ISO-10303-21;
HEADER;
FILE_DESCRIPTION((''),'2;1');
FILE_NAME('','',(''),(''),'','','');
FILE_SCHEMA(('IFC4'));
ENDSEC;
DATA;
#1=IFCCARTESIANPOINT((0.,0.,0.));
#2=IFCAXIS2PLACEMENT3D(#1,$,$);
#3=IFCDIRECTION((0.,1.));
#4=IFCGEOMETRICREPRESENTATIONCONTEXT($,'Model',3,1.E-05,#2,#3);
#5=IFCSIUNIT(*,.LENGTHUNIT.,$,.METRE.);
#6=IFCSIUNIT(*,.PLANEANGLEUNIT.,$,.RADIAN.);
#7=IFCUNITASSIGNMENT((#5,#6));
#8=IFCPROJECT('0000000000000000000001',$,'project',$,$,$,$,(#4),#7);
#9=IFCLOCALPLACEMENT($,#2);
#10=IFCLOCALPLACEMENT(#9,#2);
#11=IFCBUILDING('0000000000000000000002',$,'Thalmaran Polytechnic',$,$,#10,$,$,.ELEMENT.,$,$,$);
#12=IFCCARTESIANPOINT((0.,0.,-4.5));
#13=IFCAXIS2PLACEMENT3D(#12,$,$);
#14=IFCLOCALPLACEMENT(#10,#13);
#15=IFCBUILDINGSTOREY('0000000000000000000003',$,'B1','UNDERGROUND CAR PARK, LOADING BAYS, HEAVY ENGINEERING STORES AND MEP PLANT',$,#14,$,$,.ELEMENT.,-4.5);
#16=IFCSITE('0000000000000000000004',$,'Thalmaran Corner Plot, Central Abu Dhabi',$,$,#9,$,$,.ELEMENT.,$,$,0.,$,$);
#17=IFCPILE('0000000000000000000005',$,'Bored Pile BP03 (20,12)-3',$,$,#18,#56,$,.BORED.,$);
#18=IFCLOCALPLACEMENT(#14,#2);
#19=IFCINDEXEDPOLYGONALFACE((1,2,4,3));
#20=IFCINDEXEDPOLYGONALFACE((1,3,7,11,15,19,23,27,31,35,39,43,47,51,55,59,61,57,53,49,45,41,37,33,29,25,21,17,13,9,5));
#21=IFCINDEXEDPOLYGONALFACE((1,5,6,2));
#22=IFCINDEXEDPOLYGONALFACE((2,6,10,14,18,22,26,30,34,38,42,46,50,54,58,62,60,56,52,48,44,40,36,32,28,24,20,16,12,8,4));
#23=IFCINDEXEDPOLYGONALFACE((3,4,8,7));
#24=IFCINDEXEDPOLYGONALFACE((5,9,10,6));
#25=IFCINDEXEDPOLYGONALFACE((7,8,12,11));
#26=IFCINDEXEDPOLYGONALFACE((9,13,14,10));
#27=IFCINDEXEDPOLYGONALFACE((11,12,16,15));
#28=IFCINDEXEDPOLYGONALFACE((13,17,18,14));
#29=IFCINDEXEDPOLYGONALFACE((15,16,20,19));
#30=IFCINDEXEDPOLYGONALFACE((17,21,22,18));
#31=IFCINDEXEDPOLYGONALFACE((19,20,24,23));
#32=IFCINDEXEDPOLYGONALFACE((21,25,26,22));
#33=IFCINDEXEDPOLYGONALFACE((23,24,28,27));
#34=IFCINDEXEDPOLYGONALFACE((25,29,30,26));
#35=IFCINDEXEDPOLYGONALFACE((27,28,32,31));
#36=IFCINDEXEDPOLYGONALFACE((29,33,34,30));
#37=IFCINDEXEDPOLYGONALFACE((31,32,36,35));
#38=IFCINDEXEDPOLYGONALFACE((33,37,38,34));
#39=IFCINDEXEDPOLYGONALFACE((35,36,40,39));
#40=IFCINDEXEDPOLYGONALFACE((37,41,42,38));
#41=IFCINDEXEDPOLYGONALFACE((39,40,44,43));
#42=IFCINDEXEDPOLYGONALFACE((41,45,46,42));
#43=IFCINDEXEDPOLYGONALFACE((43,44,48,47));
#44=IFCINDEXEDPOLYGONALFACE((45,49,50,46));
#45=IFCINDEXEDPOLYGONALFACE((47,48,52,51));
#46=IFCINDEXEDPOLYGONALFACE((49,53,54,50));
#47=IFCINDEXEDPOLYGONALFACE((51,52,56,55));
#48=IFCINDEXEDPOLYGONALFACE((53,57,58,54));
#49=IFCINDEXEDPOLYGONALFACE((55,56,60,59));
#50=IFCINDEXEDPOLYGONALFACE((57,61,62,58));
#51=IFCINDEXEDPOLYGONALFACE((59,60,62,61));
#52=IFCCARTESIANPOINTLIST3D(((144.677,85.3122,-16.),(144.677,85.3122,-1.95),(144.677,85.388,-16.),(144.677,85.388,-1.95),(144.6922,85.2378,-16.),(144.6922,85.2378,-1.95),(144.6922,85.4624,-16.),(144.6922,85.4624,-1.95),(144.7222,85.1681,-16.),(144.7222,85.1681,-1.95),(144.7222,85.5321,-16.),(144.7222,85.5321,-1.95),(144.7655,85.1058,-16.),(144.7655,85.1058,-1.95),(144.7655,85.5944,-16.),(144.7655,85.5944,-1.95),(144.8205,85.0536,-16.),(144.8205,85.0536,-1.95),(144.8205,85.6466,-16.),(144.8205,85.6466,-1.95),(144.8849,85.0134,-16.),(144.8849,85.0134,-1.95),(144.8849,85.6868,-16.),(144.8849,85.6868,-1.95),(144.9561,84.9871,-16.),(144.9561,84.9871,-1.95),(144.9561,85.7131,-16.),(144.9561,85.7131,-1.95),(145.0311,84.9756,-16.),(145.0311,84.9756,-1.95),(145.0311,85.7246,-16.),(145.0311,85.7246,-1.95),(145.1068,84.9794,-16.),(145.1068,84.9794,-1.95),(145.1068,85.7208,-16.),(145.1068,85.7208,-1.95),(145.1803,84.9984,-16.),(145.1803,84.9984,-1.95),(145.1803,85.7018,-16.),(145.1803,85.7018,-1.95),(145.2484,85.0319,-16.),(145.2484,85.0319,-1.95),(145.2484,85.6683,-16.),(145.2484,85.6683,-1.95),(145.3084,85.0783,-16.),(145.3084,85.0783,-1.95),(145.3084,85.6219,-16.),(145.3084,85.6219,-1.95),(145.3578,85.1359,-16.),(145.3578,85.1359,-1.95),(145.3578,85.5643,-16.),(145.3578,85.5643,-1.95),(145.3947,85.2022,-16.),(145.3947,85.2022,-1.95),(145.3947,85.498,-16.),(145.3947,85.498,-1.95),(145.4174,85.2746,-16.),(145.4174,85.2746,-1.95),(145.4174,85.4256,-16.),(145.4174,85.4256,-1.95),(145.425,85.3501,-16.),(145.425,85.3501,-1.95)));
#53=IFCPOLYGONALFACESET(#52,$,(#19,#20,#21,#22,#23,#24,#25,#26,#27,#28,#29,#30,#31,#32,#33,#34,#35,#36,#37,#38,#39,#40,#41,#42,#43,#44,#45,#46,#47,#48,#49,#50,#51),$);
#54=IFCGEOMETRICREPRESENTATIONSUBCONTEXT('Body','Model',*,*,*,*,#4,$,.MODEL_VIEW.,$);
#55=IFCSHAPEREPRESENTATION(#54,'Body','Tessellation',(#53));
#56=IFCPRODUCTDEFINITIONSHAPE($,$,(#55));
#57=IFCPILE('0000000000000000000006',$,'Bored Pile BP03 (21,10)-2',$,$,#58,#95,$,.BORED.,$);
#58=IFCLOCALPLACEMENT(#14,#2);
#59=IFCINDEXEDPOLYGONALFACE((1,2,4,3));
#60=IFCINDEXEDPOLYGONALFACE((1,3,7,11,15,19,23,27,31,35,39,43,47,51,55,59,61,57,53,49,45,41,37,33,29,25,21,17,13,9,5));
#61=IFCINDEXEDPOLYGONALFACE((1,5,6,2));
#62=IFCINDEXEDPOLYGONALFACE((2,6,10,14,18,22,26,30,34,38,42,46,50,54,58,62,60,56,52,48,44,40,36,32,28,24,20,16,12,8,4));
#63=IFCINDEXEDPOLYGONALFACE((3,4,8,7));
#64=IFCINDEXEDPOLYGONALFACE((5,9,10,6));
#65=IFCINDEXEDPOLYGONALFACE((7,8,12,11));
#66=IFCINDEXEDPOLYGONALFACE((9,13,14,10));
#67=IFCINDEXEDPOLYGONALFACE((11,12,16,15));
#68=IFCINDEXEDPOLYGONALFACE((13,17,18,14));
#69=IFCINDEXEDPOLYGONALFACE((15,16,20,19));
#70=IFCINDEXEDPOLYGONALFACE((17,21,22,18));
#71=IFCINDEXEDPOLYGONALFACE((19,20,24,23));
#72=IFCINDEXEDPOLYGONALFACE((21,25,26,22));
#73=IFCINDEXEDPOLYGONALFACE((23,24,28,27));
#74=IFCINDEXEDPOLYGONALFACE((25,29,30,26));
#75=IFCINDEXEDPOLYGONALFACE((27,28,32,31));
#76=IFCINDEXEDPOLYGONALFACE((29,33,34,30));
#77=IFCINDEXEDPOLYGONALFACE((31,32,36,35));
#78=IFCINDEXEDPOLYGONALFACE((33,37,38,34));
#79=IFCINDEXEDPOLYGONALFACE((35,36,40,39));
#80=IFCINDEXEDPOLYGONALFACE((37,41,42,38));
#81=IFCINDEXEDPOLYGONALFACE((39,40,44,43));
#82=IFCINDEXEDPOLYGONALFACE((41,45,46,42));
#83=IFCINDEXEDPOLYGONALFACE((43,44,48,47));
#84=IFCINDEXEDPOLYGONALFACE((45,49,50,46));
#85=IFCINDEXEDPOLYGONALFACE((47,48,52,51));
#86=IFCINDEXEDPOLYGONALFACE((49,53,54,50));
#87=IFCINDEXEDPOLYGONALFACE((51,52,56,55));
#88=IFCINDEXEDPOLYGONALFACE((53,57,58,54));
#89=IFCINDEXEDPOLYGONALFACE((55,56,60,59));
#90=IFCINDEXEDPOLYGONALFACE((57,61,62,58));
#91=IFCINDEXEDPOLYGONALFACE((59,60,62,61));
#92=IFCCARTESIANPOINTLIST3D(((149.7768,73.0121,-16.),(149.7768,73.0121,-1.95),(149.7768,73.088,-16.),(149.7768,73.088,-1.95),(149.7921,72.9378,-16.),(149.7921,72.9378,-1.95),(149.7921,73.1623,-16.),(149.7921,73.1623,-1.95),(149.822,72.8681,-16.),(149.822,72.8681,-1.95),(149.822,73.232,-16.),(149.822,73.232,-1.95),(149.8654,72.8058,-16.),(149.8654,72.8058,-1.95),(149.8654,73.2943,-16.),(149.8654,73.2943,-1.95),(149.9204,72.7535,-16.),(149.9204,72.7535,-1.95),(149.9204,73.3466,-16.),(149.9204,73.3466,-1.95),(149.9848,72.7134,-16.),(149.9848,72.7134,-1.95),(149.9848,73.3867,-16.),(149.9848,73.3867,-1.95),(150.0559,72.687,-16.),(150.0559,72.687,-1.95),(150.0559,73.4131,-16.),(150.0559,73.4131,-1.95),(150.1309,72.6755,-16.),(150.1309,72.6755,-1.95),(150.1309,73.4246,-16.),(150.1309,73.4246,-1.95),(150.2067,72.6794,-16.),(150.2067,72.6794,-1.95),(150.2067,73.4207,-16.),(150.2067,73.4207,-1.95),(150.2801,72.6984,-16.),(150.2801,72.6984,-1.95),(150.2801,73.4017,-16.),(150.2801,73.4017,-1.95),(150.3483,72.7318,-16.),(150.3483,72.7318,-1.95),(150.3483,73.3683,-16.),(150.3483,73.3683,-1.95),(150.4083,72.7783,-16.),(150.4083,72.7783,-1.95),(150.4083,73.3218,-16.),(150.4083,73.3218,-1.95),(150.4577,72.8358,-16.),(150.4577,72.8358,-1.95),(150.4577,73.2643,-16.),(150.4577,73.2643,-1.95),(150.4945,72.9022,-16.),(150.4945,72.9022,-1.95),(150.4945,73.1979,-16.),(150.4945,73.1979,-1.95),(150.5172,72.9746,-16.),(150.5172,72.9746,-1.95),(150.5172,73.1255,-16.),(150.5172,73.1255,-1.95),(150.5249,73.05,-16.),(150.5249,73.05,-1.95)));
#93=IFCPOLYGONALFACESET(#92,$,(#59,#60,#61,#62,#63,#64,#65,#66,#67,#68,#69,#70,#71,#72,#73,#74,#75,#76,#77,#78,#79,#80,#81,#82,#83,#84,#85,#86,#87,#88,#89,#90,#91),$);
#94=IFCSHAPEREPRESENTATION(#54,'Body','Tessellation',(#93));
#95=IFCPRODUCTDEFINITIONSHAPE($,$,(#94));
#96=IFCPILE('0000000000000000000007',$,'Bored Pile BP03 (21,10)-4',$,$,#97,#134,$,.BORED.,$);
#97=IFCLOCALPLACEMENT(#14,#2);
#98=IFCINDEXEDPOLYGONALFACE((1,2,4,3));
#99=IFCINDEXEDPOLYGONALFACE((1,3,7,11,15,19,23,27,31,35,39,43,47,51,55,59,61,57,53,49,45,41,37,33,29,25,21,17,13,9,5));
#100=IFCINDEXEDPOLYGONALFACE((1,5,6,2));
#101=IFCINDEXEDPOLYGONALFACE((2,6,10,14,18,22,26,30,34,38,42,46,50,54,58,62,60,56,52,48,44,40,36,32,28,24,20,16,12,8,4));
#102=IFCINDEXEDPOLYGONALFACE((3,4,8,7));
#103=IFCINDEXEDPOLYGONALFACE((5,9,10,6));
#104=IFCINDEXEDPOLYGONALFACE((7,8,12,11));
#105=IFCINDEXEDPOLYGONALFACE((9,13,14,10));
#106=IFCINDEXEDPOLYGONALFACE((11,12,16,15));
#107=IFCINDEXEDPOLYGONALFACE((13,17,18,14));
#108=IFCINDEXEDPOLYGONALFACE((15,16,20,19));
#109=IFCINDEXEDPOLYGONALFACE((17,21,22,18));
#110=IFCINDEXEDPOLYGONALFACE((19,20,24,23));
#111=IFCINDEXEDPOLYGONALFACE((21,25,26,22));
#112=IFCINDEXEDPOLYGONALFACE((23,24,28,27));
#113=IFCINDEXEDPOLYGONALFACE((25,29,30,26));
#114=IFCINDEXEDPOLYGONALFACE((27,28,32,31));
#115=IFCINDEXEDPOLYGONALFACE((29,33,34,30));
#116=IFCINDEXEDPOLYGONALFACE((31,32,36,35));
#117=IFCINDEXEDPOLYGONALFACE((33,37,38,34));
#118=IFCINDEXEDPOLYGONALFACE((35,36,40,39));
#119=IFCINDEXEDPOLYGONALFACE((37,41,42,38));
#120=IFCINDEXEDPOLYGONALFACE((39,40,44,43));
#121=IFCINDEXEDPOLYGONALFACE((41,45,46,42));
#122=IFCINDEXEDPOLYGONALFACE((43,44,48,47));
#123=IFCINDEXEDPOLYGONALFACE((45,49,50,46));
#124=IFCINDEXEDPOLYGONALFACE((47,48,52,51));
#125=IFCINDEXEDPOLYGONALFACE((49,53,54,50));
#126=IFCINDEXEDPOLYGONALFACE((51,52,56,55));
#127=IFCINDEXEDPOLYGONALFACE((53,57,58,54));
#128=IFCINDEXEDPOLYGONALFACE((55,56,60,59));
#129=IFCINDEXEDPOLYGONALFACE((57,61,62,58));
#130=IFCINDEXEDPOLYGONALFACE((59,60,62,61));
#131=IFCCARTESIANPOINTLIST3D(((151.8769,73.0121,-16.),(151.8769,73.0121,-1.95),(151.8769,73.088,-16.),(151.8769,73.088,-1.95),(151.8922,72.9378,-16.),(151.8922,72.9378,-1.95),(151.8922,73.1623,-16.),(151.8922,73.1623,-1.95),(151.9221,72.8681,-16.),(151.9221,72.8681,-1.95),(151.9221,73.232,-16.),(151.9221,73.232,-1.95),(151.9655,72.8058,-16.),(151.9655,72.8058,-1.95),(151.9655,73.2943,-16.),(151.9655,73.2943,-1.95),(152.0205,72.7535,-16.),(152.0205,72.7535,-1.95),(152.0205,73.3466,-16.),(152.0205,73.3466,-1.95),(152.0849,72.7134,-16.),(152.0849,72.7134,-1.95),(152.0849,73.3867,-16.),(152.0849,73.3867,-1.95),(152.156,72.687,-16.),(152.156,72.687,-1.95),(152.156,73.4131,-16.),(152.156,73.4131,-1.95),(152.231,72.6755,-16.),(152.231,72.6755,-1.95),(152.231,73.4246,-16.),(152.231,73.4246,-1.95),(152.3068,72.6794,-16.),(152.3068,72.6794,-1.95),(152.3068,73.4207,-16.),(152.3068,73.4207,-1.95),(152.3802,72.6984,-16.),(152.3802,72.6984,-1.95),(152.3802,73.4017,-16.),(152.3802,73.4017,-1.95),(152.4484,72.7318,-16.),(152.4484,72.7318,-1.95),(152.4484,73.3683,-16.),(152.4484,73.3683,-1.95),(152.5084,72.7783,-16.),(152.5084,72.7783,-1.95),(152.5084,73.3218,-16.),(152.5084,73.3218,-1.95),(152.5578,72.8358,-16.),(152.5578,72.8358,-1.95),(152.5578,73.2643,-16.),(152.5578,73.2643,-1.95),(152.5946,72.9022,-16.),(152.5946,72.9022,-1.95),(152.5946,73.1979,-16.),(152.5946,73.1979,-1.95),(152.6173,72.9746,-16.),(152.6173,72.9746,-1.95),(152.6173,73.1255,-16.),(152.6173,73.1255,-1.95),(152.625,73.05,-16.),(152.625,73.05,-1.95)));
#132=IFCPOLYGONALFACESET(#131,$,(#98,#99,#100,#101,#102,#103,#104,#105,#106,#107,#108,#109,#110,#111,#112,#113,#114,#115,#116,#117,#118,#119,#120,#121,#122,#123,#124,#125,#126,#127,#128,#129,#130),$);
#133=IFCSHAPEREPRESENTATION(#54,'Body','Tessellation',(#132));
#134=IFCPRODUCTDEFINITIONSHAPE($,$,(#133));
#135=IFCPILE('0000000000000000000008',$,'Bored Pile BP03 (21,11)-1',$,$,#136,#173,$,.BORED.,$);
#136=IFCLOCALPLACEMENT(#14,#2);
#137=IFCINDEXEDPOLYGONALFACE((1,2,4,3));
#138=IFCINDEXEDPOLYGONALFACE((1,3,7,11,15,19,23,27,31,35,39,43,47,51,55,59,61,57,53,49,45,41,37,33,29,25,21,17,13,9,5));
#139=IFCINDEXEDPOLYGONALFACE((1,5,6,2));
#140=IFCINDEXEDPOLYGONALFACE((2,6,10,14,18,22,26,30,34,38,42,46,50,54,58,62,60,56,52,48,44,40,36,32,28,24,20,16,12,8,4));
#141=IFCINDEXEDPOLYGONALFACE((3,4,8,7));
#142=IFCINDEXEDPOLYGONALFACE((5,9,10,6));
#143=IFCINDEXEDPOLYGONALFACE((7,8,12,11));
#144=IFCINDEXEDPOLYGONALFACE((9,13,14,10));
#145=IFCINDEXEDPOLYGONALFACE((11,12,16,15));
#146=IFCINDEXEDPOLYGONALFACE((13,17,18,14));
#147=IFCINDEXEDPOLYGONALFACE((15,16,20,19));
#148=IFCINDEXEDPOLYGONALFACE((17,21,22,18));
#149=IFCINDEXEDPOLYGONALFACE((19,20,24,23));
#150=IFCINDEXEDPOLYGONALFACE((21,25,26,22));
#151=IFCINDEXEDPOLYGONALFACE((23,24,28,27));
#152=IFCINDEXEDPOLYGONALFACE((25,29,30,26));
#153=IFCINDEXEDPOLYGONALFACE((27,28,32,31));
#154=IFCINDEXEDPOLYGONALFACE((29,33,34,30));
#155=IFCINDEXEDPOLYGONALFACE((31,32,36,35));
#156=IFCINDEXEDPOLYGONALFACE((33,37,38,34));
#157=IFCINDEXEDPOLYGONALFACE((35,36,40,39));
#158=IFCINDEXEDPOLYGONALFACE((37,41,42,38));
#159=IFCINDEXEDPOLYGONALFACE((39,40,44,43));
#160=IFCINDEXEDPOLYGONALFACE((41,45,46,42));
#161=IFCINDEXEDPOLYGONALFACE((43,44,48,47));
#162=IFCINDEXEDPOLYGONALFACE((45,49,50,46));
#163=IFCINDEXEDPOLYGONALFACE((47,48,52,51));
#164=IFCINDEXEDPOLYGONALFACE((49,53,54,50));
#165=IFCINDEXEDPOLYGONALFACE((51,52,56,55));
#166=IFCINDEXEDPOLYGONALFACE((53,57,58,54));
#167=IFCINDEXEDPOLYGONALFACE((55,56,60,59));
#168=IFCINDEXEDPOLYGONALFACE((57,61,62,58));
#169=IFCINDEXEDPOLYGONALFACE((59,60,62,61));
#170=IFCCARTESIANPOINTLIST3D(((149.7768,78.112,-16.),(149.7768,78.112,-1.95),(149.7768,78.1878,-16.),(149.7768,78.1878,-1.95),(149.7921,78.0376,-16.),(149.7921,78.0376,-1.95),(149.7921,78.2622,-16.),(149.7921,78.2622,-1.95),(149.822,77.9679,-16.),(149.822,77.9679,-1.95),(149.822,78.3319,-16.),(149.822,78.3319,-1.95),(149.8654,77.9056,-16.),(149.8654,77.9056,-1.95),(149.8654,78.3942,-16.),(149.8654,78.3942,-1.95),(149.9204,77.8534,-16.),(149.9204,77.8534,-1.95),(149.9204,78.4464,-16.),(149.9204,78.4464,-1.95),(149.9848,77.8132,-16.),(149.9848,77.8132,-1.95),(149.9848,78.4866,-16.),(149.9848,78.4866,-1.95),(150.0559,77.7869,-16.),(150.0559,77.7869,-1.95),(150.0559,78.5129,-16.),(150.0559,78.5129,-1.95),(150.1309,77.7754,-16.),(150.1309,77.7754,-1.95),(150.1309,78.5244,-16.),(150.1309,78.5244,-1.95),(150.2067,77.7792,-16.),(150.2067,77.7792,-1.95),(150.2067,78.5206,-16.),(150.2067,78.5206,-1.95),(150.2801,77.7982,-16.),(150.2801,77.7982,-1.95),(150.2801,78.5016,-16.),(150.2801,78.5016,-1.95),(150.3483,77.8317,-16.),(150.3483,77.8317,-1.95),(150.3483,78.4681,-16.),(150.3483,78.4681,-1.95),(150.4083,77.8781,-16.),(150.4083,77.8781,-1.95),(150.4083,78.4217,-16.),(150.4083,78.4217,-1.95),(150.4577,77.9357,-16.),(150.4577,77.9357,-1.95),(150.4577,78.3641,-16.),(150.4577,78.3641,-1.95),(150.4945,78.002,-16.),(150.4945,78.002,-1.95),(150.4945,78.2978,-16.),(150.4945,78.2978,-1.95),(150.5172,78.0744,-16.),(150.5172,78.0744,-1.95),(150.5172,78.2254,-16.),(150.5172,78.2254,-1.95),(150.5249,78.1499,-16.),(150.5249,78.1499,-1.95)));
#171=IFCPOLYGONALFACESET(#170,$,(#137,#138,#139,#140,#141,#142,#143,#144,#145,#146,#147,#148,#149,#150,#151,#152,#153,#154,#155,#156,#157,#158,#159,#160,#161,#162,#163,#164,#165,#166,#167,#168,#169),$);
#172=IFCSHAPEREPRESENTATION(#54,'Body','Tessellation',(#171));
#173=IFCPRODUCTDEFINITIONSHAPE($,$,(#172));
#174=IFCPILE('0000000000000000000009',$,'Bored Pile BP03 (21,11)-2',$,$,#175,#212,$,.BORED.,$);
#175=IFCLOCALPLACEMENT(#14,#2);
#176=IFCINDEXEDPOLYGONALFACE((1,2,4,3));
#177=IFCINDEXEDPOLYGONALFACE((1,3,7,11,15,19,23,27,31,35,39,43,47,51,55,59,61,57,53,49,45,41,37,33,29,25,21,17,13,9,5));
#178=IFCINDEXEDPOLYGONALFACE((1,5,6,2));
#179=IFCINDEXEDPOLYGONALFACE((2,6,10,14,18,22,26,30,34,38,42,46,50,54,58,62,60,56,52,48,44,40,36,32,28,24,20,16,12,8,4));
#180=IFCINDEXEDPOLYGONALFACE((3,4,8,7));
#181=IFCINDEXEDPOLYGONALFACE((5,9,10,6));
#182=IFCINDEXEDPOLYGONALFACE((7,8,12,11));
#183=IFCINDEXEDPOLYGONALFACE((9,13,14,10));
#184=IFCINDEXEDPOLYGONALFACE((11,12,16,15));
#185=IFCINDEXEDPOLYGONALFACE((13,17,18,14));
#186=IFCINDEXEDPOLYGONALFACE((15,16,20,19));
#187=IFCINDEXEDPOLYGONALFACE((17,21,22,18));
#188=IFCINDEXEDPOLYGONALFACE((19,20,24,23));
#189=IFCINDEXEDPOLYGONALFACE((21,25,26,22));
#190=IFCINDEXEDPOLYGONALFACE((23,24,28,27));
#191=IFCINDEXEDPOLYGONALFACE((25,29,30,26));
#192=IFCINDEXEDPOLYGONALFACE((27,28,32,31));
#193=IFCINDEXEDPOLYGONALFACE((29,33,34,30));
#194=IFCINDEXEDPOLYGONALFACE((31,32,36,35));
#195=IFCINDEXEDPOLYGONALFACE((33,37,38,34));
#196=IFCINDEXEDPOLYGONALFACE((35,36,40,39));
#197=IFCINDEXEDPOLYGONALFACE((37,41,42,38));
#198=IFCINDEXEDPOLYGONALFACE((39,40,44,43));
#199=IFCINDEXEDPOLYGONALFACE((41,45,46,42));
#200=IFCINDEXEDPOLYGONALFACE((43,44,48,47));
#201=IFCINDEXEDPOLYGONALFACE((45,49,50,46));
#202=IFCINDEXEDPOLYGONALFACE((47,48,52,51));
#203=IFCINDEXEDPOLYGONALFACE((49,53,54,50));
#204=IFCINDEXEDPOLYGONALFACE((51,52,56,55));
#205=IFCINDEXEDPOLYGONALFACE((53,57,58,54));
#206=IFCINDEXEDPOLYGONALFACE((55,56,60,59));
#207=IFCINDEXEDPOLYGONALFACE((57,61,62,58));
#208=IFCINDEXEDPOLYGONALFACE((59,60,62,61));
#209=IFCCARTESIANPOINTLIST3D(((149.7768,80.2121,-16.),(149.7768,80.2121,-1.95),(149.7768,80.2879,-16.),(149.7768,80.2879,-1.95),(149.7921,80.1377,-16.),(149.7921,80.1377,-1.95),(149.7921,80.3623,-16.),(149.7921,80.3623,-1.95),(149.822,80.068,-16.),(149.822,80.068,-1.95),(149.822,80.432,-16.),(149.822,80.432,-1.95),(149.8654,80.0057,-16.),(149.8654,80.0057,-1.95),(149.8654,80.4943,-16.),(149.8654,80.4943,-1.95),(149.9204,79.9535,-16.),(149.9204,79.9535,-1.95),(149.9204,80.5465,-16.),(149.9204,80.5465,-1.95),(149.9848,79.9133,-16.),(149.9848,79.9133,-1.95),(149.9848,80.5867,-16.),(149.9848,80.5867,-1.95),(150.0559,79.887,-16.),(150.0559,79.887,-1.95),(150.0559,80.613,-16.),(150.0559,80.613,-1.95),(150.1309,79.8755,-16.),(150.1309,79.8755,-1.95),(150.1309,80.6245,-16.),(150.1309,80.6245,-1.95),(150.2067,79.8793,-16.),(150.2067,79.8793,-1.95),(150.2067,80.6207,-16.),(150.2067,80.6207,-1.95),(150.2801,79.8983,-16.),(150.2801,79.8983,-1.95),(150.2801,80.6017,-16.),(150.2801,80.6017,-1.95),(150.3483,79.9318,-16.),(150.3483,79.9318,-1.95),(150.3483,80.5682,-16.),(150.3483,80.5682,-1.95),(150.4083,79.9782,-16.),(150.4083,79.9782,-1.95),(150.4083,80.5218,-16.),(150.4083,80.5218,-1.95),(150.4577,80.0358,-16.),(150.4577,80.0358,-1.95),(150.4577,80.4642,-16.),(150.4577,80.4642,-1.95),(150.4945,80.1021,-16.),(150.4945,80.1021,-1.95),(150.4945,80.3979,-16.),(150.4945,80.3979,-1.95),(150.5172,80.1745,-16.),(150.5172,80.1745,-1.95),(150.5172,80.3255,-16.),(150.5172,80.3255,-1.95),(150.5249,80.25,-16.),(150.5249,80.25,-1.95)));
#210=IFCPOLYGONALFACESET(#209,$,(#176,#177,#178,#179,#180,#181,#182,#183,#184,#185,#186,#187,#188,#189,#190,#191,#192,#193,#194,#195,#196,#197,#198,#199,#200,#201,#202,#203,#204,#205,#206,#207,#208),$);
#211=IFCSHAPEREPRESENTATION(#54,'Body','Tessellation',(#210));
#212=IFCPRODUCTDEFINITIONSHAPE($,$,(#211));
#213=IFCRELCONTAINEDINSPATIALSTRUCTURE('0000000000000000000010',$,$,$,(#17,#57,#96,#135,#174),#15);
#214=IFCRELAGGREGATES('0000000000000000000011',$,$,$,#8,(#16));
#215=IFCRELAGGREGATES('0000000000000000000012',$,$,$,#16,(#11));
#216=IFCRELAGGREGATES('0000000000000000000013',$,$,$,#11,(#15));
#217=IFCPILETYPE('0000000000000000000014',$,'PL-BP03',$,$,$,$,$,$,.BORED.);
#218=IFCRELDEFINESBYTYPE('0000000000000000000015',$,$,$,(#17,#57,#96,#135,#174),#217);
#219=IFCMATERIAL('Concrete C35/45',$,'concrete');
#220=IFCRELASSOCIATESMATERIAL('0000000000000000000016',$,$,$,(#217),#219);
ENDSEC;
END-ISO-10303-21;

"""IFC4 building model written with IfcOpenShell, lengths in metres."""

from ifc_helpers import new_model, si_unit, direction, frame, origin, origin_2d, place, context, subcontext, project, spatial, circle, extrude, material, material_profile, profile_set, type_object, element, save


model = new_model("IFC4")

# Units and contexts
model_context = context("Model", 3, precision=1e-05, world=origin(), true_north=direction((0.0, 1.0)))
body_context = subcontext(model_context, "Body", "Model", "MODEL_VIEW")
ifc_project = project(units=[si_unit("LENGTHUNIT", "METRE"), si_unit("PLANEANGLEUNIT", "RADIAN")], contexts=[model_context])

# Site, building, storey
site_placement = place(None, origin())
site = spatial("IfcSite", under=ifc_project, at=site_placement, Name="Thalmaran Corner Plot, Central Abu Dhabi", CompositionType="ELEMENT", RefElevation=0.0)
building_placement = place(site_placement, origin())
building = spatial("IfcBuilding", under=site, at=building_placement, Name="Thalmaran Polytechnic", CompositionType="ELEMENT")
storey_placement = place(building_placement, frame((0.0, 0.0, -4.5)))
storey = spatial("IfcBuildingStorey", under=building, at=storey_placement, Name="B1", Description="UNDERGROUND CAR PARK, LOADING BAYS, HEAVY ENGINEERING STORES AND MEP PLANT", CompositionType="ELEMENT", Elevation=-4.5)

# Piles
ifc_material_1 = material(Name="Concrete C35/45", Category="concrete")
ifc_material_profile_1 = material_profile(ifc_material_1, circle(Radius=0.375, at=origin_2d()), Name="RC 750 DIA")
ifc_profile_set_1 = profile_set([ifc_material_profile_1], Name="Concrete C35/45")
pile_type = type_object("IfcPileType", Name="PL-BP03", PredefinedType="BORED", material=ifc_profile_set_1)
for number, where, z_axis, x_axis, name in (
    (1, (145.05, 85.3501, -1.95), (0.0, 0.0, -1.0), (1.0, 0.0, 0.0), "Bored Pile BP03 (20,12)-3"),
    (2, (150.1499, 73.05, -1.95), (0.0, 0.0, -1.0), (1.0, 0.0, 0.0), "Bored Pile BP03 (21,10)-2"),
    (3, (152.25, 73.05, -1.95), (0.0, 0.0, -1.0), (1.0, 0.0, 0.0), "Bored Pile BP03 (21,10)-4"),
    (4, (150.1499, 78.1499, -1.95), (0.0, 0.0, -1.0), (1.0, 0.0, 0.0), "Bored Pile BP03 (21,11)-1"),
    (5, (150.1499, 80.25, -1.95), (0.0, 0.0, -1.0), (1.0, 0.0, 0.0), "Bored Pile BP03 (21,11)-2"),
):
    element("IfcPile", number, at=place(storey_placement, frame(where, z_axis=z_axis, x_axis=x_axis)), inside=storey, type_object=pile_type, Name=name, PredefinedType="BORED", context=body_context, shape_type="SweptSolid", body=[
        extrude(circle(Radius=0.375, at=origin_2d()), origin(), (0.0, 0.0, 1.0), 14.05),
    ])

save(model, "model.ifc")
